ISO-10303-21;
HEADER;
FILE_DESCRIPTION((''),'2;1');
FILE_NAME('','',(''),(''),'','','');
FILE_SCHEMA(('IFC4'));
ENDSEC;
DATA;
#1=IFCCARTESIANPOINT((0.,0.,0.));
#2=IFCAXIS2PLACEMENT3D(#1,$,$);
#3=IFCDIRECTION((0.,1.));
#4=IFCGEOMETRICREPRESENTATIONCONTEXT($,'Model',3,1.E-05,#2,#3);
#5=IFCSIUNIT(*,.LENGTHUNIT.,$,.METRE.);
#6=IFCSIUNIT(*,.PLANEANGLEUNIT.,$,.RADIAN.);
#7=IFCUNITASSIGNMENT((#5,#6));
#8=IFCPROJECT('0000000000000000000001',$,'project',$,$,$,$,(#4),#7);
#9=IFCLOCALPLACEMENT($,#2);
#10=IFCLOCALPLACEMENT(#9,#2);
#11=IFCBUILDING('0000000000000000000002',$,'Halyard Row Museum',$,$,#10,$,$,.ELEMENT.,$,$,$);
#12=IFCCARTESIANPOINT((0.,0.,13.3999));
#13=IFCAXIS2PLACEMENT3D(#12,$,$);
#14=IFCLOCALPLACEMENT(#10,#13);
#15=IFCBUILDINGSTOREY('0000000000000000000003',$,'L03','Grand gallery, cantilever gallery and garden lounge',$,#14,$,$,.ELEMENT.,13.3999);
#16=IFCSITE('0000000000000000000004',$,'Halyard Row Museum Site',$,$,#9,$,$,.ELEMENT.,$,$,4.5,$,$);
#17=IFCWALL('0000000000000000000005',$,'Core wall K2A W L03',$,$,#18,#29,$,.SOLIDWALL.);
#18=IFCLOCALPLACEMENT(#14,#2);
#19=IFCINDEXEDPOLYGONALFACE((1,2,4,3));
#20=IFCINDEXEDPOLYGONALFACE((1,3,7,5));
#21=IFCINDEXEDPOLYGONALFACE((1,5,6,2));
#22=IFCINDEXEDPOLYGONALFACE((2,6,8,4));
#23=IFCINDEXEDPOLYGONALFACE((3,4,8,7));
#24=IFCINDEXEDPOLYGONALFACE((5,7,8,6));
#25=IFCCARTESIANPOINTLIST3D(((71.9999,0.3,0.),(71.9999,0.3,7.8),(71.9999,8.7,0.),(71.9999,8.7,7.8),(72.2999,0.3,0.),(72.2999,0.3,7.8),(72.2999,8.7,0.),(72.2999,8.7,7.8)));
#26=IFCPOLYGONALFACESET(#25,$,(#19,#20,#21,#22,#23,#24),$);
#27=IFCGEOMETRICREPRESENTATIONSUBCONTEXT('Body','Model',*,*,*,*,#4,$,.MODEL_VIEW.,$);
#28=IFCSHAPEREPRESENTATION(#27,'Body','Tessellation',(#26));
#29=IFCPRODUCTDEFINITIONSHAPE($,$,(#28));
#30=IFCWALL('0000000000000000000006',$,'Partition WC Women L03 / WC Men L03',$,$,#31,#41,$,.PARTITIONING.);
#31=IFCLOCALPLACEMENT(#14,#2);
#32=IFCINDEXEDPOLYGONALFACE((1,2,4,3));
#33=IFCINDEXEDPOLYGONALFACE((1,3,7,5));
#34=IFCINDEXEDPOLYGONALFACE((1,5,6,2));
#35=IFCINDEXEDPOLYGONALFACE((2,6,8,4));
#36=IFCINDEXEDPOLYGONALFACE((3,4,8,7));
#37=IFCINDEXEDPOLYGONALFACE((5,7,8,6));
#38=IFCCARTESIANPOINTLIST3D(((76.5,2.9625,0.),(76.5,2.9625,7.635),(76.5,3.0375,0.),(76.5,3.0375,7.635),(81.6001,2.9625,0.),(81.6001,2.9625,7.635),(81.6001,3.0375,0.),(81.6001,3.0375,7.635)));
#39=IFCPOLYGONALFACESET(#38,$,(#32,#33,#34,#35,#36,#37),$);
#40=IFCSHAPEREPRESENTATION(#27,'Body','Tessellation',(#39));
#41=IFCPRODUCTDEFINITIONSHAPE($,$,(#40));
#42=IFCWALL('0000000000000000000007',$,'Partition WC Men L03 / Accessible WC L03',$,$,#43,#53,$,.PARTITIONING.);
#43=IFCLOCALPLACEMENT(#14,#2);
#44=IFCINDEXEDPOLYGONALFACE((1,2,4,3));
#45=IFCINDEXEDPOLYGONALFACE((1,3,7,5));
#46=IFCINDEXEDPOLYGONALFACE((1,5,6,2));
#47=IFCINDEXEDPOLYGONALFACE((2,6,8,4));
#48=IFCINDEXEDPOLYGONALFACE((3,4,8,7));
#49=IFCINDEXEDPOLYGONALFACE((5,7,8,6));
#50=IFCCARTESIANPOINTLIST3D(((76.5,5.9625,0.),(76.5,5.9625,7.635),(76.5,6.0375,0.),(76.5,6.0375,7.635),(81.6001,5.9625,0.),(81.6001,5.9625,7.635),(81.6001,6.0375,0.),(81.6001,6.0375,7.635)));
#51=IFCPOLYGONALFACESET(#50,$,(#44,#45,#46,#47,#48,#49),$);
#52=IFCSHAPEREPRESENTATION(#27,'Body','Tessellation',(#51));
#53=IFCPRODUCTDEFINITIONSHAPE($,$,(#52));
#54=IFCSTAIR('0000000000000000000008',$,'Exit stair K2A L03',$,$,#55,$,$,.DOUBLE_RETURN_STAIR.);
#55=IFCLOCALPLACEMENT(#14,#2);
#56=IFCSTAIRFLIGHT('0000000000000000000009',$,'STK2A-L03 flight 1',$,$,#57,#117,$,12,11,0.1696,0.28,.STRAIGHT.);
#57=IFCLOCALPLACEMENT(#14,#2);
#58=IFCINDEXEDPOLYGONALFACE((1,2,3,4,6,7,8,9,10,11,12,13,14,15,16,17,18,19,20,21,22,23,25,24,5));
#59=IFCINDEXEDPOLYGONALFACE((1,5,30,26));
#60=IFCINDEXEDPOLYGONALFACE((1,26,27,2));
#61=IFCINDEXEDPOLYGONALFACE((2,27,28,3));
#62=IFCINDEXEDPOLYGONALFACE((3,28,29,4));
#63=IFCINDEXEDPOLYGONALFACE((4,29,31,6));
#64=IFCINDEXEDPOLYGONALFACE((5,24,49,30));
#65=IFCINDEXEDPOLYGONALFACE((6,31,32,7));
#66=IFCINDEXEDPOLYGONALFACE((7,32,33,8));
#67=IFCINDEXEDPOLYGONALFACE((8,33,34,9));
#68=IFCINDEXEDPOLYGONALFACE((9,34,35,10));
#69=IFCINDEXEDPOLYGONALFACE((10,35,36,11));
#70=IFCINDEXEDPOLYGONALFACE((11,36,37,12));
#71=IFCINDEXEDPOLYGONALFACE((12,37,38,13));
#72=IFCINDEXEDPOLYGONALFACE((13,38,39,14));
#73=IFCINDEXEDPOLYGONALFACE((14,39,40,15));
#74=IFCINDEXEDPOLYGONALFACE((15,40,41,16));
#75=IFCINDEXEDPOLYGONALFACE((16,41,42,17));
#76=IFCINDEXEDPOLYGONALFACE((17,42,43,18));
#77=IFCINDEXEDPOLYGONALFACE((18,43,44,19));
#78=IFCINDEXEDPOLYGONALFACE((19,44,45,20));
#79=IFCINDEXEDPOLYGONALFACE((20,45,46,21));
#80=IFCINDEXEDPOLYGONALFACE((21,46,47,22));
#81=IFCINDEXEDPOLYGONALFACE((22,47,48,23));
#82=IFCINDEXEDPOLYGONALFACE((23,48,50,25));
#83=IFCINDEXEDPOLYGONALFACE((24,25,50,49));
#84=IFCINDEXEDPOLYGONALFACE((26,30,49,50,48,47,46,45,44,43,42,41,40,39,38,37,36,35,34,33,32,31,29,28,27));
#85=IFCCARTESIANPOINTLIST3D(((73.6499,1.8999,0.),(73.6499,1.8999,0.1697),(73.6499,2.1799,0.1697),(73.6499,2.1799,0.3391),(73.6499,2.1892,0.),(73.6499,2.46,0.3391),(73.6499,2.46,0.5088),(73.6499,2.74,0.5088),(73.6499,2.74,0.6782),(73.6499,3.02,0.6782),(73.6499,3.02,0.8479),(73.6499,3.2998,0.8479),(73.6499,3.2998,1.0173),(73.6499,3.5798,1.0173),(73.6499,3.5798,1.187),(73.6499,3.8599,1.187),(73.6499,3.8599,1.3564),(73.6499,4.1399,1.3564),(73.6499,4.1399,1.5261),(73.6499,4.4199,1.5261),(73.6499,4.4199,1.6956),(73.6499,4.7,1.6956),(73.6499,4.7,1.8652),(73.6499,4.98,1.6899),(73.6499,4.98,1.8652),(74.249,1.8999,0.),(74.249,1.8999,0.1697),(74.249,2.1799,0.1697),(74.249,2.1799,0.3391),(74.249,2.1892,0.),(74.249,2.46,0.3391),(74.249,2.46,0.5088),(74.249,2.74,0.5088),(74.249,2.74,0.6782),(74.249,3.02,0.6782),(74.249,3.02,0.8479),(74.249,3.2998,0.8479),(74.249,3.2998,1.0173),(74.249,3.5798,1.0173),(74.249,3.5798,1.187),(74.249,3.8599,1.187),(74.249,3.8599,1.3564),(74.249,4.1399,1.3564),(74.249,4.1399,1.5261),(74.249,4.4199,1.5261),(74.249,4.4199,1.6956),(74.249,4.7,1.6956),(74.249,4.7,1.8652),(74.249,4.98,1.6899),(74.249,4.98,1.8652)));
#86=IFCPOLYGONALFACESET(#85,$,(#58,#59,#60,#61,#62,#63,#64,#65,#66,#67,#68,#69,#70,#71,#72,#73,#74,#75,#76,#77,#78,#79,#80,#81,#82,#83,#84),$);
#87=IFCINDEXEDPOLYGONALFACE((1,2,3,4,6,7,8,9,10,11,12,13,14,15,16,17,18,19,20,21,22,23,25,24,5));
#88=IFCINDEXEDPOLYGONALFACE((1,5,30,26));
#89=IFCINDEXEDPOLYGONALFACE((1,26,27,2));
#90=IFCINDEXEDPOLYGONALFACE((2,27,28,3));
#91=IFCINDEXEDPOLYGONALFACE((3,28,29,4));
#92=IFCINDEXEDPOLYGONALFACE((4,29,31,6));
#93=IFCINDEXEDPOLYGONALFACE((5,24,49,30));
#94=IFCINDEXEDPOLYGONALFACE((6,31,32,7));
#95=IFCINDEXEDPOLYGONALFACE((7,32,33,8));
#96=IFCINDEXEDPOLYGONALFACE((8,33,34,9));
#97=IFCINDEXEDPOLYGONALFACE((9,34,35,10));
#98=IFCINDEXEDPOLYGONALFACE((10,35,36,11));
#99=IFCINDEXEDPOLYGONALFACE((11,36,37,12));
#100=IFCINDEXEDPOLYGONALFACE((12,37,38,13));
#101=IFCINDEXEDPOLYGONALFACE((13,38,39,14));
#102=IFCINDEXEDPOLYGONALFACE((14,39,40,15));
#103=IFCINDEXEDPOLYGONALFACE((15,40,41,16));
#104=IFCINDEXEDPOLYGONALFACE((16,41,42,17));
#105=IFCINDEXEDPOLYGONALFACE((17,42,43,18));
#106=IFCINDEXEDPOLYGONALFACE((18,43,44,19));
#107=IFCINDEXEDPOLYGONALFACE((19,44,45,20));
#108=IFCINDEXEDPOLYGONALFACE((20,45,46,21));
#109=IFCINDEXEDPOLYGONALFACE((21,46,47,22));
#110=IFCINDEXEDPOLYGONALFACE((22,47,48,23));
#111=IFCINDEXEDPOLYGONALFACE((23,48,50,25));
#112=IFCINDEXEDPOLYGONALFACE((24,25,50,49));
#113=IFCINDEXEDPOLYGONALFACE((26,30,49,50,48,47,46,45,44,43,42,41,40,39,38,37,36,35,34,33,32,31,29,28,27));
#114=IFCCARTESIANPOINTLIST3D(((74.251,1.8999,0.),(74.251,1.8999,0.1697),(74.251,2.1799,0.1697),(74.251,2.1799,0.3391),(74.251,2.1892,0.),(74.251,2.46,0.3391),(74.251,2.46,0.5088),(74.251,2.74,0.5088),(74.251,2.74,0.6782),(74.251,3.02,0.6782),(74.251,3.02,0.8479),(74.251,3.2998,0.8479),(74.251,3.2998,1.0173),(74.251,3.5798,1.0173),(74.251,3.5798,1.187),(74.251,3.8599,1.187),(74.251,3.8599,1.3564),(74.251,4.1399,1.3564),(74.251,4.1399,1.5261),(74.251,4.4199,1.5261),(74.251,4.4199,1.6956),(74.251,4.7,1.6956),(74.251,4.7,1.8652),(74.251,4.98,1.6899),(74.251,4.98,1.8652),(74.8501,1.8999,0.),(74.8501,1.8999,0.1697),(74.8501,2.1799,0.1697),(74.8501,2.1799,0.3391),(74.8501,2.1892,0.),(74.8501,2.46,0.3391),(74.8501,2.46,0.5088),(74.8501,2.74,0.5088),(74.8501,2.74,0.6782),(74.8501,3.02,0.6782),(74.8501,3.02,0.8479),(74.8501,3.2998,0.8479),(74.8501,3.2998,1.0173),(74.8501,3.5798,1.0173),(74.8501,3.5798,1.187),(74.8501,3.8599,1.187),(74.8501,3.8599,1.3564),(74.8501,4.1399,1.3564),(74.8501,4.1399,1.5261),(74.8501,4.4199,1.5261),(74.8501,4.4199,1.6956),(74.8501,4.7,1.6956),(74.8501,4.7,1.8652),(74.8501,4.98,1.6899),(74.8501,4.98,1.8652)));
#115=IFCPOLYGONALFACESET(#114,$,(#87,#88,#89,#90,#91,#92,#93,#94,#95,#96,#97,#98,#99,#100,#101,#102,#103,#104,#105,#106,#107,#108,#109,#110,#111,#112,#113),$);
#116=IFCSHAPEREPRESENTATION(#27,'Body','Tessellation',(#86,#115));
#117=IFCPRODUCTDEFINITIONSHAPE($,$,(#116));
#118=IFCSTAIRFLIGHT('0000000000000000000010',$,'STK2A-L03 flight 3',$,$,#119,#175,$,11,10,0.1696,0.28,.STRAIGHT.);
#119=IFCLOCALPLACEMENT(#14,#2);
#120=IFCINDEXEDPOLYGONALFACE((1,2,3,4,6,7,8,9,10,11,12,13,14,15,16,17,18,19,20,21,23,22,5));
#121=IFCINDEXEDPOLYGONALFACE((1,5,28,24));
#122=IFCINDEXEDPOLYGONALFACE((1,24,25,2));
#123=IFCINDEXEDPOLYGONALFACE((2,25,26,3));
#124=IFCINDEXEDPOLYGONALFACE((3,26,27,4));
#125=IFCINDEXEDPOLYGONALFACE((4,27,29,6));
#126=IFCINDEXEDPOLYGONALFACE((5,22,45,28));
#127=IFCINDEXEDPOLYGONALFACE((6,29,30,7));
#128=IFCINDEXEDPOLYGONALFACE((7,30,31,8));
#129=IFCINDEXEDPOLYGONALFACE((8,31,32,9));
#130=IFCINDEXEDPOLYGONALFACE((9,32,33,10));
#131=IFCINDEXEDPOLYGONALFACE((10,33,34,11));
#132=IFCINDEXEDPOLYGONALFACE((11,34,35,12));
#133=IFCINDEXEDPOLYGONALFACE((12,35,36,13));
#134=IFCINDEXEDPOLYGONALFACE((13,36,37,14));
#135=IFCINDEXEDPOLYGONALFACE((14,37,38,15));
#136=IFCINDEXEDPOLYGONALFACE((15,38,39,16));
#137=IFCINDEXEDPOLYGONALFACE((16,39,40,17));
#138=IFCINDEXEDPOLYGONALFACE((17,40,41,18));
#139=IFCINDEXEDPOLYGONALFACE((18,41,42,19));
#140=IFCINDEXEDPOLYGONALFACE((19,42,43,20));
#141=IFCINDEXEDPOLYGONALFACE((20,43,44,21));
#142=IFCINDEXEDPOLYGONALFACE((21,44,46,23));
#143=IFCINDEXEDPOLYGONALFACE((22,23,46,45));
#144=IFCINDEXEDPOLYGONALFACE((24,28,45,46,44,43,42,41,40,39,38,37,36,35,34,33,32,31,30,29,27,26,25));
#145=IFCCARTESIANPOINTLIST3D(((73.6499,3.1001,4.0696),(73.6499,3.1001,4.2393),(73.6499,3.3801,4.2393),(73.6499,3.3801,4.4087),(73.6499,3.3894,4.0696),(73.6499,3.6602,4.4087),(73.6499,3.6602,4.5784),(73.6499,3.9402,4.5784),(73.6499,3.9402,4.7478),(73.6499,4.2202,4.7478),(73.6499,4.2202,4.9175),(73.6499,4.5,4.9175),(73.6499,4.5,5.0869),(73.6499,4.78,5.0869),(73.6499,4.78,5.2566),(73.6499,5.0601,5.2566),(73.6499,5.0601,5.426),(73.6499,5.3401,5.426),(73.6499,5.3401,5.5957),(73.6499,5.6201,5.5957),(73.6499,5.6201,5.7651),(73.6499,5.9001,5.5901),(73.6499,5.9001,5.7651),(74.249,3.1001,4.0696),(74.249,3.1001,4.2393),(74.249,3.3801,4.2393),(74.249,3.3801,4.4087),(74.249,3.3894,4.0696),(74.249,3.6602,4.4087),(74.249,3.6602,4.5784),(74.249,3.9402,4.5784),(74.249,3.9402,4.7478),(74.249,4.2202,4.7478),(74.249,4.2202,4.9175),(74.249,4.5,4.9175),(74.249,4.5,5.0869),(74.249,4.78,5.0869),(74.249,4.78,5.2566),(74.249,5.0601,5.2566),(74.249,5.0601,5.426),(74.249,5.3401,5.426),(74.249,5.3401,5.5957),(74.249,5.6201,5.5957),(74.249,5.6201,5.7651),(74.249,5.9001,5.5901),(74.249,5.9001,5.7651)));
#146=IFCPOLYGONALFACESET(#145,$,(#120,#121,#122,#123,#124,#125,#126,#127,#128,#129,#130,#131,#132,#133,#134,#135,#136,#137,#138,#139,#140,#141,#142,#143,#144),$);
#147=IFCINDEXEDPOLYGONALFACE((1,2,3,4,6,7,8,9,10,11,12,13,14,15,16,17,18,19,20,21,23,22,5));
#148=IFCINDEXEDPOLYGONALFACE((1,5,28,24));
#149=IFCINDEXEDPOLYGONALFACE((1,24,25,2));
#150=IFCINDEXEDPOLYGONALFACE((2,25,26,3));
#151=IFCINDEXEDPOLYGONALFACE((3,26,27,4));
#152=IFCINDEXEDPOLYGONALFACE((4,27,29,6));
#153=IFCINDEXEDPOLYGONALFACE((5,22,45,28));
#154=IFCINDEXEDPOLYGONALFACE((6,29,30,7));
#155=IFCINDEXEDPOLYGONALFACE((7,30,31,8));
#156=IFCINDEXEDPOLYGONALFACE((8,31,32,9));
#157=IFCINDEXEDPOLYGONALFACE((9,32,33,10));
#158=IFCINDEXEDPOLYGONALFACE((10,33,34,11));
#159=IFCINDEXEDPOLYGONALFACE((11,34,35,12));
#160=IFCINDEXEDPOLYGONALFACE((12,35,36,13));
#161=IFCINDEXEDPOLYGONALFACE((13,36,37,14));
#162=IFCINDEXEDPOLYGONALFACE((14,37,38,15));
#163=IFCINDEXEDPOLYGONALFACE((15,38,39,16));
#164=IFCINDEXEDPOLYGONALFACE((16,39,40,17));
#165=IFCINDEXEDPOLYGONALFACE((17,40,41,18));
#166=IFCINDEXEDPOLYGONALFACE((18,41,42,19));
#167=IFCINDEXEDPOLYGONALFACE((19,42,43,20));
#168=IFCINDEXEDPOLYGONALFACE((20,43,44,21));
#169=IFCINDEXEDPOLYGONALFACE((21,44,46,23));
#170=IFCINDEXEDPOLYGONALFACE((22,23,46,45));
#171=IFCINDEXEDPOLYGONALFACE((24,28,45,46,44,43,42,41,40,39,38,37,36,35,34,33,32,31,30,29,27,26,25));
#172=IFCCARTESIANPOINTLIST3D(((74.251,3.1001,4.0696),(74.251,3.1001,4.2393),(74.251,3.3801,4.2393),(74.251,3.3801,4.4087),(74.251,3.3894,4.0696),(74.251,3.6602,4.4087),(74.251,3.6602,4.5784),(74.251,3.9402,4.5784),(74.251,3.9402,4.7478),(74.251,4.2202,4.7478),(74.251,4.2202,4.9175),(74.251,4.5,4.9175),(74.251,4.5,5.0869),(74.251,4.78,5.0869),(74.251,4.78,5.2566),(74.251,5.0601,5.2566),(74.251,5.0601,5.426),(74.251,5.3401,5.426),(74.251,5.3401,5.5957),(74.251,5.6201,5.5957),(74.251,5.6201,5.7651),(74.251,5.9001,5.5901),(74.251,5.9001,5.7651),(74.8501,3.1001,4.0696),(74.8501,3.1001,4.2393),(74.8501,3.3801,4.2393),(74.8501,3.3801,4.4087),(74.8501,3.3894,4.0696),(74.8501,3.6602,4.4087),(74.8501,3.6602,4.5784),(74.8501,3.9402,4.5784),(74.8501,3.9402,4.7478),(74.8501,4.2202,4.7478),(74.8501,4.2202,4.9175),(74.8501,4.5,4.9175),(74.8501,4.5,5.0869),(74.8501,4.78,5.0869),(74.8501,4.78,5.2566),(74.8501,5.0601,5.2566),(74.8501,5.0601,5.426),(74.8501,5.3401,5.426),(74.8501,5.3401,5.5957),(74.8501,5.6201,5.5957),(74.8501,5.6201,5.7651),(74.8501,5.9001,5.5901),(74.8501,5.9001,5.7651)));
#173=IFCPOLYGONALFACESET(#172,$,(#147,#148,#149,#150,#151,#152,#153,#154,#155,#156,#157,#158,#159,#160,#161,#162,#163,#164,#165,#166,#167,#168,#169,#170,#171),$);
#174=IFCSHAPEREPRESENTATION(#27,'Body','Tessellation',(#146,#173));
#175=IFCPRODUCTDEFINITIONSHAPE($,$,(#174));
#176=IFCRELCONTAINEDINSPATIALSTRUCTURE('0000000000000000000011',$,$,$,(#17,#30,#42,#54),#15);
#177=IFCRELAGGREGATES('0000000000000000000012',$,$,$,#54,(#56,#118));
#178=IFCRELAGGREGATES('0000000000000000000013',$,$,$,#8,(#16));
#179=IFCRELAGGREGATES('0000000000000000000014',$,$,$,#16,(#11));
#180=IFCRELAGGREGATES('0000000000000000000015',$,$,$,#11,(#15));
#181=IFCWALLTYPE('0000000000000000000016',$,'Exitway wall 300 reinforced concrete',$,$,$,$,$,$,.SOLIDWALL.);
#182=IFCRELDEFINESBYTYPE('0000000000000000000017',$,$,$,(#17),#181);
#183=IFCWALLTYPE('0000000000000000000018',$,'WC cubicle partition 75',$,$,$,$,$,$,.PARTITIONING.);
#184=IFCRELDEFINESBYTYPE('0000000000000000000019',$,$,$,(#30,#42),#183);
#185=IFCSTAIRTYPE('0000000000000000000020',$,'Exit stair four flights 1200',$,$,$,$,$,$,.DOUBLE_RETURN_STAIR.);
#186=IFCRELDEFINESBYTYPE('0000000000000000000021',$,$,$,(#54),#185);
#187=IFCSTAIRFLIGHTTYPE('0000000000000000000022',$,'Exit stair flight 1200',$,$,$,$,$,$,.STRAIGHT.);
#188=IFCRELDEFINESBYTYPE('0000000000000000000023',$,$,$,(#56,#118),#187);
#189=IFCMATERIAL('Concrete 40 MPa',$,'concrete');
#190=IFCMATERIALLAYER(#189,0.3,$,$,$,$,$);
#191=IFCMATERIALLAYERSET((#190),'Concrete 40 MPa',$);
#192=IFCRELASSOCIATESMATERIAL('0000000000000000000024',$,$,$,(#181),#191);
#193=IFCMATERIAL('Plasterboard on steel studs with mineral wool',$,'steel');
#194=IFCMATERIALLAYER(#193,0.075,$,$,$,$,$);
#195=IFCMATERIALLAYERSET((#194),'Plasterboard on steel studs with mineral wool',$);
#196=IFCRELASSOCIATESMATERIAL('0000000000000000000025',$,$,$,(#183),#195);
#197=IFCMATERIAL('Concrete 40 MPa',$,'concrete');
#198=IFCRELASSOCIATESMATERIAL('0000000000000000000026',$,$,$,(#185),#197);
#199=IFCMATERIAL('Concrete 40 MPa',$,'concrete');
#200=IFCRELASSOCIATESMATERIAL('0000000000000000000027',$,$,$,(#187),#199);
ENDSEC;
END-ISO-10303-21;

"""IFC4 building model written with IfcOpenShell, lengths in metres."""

from ifc_helpers import new_model, si_unit, direction, frame, frame_2d, origin, place, context, subcontext, project, spatial, polyline, rectangle, outline, extrude, material, layer, layer_set, type_object, element, aggregate, save


model = new_model("IFC4")

# Units and contexts
model_context = context("Model", 3, precision=1e-05, world=origin(), true_north=direction((0.0, 1.0)))
body_context = subcontext(model_context, "Body", "Model", "MODEL_VIEW")
ifc_project = project(units=[si_unit("LENGTHUNIT", "METRE"), si_unit("PLANEANGLEUNIT", "RADIAN")], contexts=[model_context])

# Site, building, storey
site_placement = place(None, origin())
site = spatial("IfcSite", under=ifc_project, at=site_placement, Name="Halyard Row Museum Site", CompositionType="ELEMENT", RefElevation=4.5)
building_placement = place(site_placement, origin())
building = spatial("IfcBuilding", under=site, at=building_placement, Name="Halyard Row Museum", CompositionType="ELEMENT")
storey_placement = place(building_placement, frame((0.0, 0.0, 13.3999)))
storey = spatial("IfcBuildingStorey", under=building, at=storey_placement, Name="L03", Description="Grand gallery, cantilever gallery and garden lounge", CompositionType="ELEMENT", Elevation=13.3999)

# Walls
ifc_material_1 = material(Name="Concrete 40 MPa", Category="concrete")
ifc_layer_1 = layer(ifc_material_1, 0.3)
ifc_layer_set_1 = layer_set([ifc_layer_1], Name="Concrete 40 MPa")
wall_type_1 = type_object("IfcWallType", Name="Exitway wall 300 reinforced concrete", PredefinedType="SOLIDWALL", material=ifc_layer_set_1)
for number, where, z_axis, x_axis, name in (
    (1, (72.1499, 0.3, 0.0), (0.0, 0.0, 1.0), (0.0, 1.0, 0.0), "Core wall K2A W L03"),
):
    element("IfcWall", number, at=place(storey_placement, frame(where, z_axis=z_axis, x_axis=x_axis)), inside=storey, type_object=wall_type_1, Name=name, PredefinedType="SOLIDWALL", context=body_context, shape_type="SweptSolid", body=[
        extrude(rectangle(XDim=8.3999, YDim=0.3, at=frame_2d((4.2, 0.0))), origin(), (0.0, 0.0, 1.0), 7.8),
    ])
ifc_material_2 = material(Name="Plasterboard on steel studs with mineral wool", Category="steel")
ifc_layer_2 = layer(ifc_material_2, 0.075)
ifc_layer_set_2 = layer_set([ifc_layer_2], Name="Plasterboard on steel studs with mineral wool")
wall_type_2 = type_object("IfcWallType", Name="WC cubicle partition 75", PredefinedType="PARTITIONING", material=ifc_layer_set_2)
for number, where, z_axis, x_axis, name in (
    (2, (76.5, 3.0, 0.0), (0.0, 0.0, 1.0), (1.0, 0.0, 0.0), "Partition WC Women L03 / WC Men L03"),
    (3, (76.5, 6.0, 0.0), (0.0, 0.0, 1.0), (1.0, 0.0, 0.0), "Partition WC Men L03 / Accessible WC L03"),
):
    element("IfcWall", number, at=place(storey_placement, frame(where, z_axis=z_axis, x_axis=x_axis)), inside=storey, type_object=wall_type_2, Name=name, PredefinedType="PARTITIONING", context=body_context, shape_type="SweptSolid", body=[
        extrude(rectangle(XDim=5.1001, YDim=0.075, at=frame_2d((2.55, 0.0))), origin(), (0.0, 0.0, 1.0), 7.635),
    ])

# Stair, stair flights
ifc_material_3 = material(Name="Concrete 40 MPa", Category="concrete")
stair_type = type_object("IfcStairType", Name="Exit stair four flights 1200", PredefinedType="DOUBLE_RETURN_STAIR", material=ifc_material_3)
stair_placement = place(storey_placement, origin())
stair = element("IfcStair", 4, at=stair_placement, inside=storey, type_object=stair_type, Name="Exit stair K2A L03", PredefinedType="DOUBLE_RETURN_STAIR")
ifc_material_4 = material(Name="Concrete 40 MPa", Category="concrete")
stair_flight_type = type_object("IfcStairFlightType", Name="Exit stair flight 1200", PredefinedType="STRAIGHT", material=ifc_material_4)
stair_flight_1_placement = place(storey_placement, frame((74.25, 1.8999, 0.0), z_axis=(0.0, 0.0, 1.0), x_axis=(0.0, 1.0, 0.0)))
stair_flight_1 = element("IfcStairFlight", 5, at=stair_flight_1_placement, type_object=stair_flight_type, Name="STK2A-L03 flight 1", NumberOfRisers=12, NumberOfTreads=11, PredefinedType="STRAIGHT", RiserHeight=0.1696, TreadLength=0.28, context=body_context, shape_type="SweptSolid", body=[
    extrude(outline(polyline([(0.0, 0.0), (0.0, 0.1697), (0.28, 0.1697), (0.28, 0.3391), (0.5601, 0.3391), (0.5601, 0.5088), (0.8401, 0.5088), (0.8401, 0.6782), (1.1201, 0.6782), (1.1201, 0.8479), (1.3999, 0.8479), (1.3999, 1.0173), (1.6799, 1.0173), (1.6799, 1.187), (1.96, 1.187), (1.96, 1.3564), (2.24, 1.3564), (2.24, 1.5261), (2.52, 1.5261), (2.52, 1.6956), (2.8, 1.6956), (2.8, 1.8652), (3.0801, 1.8652), (3.0801, 2.0347), (3.0801, 1.6899), (0.2893, 0.0), (0.0, 0.0)])), frame((0.0, 0.6001, 0.0), z_axis=(0.0, -1.0, 0.0), x_axis=(1.0, 0.0, 0.0)), (0.0, 0.0, 1.0), 0.5991),
    extrude(outline(polyline([(0.0, 0.0), (0.0, 0.1697), (0.28, 0.1697), (0.28, 0.3391), (0.5601, 0.3391), (0.5601, 0.5088), (0.8401, 0.5088), (0.8401, 0.6782), (1.1201, 0.6782), (1.1201, 0.8479), (1.3999, 0.8479), (1.3999, 1.0173), (1.6799, 1.0173), (1.6799, 1.187), (1.96, 1.187), (1.96, 1.3564), (2.24, 1.3564), (2.24, 1.5261), (2.52, 1.5261), (2.52, 1.6956), (2.8, 1.6956), (2.8, 1.8652), (3.0801, 1.8652), (3.0801, 2.0347), (3.0801, 1.6899), (0.2893, 0.0), (0.0, 0.0)])), frame((0.0, -0.001, 0.0), z_axis=(0.0, -1.0, 0.0), x_axis=(1.0, 0.0, 0.0)), (0.0, 0.0, 1.0), 0.5991),
])
stair_flight_2_placement = place(storey_placement, frame((74.25, 3.1001, 4.0696), z_axis=(0.0, 0.0, 1.0), x_axis=(0.0, 1.0, 0.0)))
stair_flight_2 = element("IfcStairFlight", 6, at=stair_flight_2_placement, type_object=stair_flight_type, Name="STK2A-L03 flight 3", NumberOfRisers=11, NumberOfTreads=10, PredefinedType="STRAIGHT", RiserHeight=0.1696, TreadLength=0.28, context=body_context, shape_type="SweptSolid", body=[
    extrude(outline(polyline([(0.0, 0.0), (0.0, 0.1697), (0.28, 0.1697), (0.28, 0.3391), (0.5601, 0.3391), (0.5601, 0.5088), (0.8401, 0.5088), (0.8401, 0.6782), (1.1201, 0.6782), (1.1201, 0.8479), (1.3999, 0.8479), (1.3999, 1.0173), (1.6799, 1.0173), (1.6799, 1.187), (1.96, 1.187), (1.96, 1.3564), (2.24, 1.3564), (2.24, 1.5261), (2.52, 1.5261), (2.52, 1.6956), (2.8, 1.6956), (2.8, 1.8652), (2.8, 1.5205), (0.2893, 0.0), (0.0, 0.0)])), frame((0.0, 0.6001, 0.0), z_axis=(0.0, -1.0, 0.0), x_axis=(1.0, 0.0, 0.0)), (0.0, 0.0, 1.0), 0.5991),
    extrude(outline(polyline([(0.0, 0.0), (0.0, 0.1697), (0.28, 0.1697), (0.28, 0.3391), (0.5601, 0.3391), (0.5601, 0.5088), (0.8401, 0.5088), (0.8401, 0.6782), (1.1201, 0.6782), (1.1201, 0.8479), (1.3999, 0.8479), (1.3999, 1.0173), (1.6799, 1.0173), (1.6799, 1.187), (1.96, 1.187), (1.96, 1.3564), (2.24, 1.3564), (2.24, 1.5261), (2.52, 1.5261), (2.52, 1.6956), (2.8, 1.6956), (2.8, 1.8652), (2.8, 1.5205), (0.2893, 0.0), (0.0, 0.0)])), frame((0.0, -0.001, 0.0), z_axis=(0.0, -1.0, 0.0), x_axis=(1.0, 0.0, 0.0)), (0.0, 0.0, 1.0), 0.5991),
])
aggregate(stair, [stair_flight_1, stair_flight_2])

save(model, "model.ifc")
